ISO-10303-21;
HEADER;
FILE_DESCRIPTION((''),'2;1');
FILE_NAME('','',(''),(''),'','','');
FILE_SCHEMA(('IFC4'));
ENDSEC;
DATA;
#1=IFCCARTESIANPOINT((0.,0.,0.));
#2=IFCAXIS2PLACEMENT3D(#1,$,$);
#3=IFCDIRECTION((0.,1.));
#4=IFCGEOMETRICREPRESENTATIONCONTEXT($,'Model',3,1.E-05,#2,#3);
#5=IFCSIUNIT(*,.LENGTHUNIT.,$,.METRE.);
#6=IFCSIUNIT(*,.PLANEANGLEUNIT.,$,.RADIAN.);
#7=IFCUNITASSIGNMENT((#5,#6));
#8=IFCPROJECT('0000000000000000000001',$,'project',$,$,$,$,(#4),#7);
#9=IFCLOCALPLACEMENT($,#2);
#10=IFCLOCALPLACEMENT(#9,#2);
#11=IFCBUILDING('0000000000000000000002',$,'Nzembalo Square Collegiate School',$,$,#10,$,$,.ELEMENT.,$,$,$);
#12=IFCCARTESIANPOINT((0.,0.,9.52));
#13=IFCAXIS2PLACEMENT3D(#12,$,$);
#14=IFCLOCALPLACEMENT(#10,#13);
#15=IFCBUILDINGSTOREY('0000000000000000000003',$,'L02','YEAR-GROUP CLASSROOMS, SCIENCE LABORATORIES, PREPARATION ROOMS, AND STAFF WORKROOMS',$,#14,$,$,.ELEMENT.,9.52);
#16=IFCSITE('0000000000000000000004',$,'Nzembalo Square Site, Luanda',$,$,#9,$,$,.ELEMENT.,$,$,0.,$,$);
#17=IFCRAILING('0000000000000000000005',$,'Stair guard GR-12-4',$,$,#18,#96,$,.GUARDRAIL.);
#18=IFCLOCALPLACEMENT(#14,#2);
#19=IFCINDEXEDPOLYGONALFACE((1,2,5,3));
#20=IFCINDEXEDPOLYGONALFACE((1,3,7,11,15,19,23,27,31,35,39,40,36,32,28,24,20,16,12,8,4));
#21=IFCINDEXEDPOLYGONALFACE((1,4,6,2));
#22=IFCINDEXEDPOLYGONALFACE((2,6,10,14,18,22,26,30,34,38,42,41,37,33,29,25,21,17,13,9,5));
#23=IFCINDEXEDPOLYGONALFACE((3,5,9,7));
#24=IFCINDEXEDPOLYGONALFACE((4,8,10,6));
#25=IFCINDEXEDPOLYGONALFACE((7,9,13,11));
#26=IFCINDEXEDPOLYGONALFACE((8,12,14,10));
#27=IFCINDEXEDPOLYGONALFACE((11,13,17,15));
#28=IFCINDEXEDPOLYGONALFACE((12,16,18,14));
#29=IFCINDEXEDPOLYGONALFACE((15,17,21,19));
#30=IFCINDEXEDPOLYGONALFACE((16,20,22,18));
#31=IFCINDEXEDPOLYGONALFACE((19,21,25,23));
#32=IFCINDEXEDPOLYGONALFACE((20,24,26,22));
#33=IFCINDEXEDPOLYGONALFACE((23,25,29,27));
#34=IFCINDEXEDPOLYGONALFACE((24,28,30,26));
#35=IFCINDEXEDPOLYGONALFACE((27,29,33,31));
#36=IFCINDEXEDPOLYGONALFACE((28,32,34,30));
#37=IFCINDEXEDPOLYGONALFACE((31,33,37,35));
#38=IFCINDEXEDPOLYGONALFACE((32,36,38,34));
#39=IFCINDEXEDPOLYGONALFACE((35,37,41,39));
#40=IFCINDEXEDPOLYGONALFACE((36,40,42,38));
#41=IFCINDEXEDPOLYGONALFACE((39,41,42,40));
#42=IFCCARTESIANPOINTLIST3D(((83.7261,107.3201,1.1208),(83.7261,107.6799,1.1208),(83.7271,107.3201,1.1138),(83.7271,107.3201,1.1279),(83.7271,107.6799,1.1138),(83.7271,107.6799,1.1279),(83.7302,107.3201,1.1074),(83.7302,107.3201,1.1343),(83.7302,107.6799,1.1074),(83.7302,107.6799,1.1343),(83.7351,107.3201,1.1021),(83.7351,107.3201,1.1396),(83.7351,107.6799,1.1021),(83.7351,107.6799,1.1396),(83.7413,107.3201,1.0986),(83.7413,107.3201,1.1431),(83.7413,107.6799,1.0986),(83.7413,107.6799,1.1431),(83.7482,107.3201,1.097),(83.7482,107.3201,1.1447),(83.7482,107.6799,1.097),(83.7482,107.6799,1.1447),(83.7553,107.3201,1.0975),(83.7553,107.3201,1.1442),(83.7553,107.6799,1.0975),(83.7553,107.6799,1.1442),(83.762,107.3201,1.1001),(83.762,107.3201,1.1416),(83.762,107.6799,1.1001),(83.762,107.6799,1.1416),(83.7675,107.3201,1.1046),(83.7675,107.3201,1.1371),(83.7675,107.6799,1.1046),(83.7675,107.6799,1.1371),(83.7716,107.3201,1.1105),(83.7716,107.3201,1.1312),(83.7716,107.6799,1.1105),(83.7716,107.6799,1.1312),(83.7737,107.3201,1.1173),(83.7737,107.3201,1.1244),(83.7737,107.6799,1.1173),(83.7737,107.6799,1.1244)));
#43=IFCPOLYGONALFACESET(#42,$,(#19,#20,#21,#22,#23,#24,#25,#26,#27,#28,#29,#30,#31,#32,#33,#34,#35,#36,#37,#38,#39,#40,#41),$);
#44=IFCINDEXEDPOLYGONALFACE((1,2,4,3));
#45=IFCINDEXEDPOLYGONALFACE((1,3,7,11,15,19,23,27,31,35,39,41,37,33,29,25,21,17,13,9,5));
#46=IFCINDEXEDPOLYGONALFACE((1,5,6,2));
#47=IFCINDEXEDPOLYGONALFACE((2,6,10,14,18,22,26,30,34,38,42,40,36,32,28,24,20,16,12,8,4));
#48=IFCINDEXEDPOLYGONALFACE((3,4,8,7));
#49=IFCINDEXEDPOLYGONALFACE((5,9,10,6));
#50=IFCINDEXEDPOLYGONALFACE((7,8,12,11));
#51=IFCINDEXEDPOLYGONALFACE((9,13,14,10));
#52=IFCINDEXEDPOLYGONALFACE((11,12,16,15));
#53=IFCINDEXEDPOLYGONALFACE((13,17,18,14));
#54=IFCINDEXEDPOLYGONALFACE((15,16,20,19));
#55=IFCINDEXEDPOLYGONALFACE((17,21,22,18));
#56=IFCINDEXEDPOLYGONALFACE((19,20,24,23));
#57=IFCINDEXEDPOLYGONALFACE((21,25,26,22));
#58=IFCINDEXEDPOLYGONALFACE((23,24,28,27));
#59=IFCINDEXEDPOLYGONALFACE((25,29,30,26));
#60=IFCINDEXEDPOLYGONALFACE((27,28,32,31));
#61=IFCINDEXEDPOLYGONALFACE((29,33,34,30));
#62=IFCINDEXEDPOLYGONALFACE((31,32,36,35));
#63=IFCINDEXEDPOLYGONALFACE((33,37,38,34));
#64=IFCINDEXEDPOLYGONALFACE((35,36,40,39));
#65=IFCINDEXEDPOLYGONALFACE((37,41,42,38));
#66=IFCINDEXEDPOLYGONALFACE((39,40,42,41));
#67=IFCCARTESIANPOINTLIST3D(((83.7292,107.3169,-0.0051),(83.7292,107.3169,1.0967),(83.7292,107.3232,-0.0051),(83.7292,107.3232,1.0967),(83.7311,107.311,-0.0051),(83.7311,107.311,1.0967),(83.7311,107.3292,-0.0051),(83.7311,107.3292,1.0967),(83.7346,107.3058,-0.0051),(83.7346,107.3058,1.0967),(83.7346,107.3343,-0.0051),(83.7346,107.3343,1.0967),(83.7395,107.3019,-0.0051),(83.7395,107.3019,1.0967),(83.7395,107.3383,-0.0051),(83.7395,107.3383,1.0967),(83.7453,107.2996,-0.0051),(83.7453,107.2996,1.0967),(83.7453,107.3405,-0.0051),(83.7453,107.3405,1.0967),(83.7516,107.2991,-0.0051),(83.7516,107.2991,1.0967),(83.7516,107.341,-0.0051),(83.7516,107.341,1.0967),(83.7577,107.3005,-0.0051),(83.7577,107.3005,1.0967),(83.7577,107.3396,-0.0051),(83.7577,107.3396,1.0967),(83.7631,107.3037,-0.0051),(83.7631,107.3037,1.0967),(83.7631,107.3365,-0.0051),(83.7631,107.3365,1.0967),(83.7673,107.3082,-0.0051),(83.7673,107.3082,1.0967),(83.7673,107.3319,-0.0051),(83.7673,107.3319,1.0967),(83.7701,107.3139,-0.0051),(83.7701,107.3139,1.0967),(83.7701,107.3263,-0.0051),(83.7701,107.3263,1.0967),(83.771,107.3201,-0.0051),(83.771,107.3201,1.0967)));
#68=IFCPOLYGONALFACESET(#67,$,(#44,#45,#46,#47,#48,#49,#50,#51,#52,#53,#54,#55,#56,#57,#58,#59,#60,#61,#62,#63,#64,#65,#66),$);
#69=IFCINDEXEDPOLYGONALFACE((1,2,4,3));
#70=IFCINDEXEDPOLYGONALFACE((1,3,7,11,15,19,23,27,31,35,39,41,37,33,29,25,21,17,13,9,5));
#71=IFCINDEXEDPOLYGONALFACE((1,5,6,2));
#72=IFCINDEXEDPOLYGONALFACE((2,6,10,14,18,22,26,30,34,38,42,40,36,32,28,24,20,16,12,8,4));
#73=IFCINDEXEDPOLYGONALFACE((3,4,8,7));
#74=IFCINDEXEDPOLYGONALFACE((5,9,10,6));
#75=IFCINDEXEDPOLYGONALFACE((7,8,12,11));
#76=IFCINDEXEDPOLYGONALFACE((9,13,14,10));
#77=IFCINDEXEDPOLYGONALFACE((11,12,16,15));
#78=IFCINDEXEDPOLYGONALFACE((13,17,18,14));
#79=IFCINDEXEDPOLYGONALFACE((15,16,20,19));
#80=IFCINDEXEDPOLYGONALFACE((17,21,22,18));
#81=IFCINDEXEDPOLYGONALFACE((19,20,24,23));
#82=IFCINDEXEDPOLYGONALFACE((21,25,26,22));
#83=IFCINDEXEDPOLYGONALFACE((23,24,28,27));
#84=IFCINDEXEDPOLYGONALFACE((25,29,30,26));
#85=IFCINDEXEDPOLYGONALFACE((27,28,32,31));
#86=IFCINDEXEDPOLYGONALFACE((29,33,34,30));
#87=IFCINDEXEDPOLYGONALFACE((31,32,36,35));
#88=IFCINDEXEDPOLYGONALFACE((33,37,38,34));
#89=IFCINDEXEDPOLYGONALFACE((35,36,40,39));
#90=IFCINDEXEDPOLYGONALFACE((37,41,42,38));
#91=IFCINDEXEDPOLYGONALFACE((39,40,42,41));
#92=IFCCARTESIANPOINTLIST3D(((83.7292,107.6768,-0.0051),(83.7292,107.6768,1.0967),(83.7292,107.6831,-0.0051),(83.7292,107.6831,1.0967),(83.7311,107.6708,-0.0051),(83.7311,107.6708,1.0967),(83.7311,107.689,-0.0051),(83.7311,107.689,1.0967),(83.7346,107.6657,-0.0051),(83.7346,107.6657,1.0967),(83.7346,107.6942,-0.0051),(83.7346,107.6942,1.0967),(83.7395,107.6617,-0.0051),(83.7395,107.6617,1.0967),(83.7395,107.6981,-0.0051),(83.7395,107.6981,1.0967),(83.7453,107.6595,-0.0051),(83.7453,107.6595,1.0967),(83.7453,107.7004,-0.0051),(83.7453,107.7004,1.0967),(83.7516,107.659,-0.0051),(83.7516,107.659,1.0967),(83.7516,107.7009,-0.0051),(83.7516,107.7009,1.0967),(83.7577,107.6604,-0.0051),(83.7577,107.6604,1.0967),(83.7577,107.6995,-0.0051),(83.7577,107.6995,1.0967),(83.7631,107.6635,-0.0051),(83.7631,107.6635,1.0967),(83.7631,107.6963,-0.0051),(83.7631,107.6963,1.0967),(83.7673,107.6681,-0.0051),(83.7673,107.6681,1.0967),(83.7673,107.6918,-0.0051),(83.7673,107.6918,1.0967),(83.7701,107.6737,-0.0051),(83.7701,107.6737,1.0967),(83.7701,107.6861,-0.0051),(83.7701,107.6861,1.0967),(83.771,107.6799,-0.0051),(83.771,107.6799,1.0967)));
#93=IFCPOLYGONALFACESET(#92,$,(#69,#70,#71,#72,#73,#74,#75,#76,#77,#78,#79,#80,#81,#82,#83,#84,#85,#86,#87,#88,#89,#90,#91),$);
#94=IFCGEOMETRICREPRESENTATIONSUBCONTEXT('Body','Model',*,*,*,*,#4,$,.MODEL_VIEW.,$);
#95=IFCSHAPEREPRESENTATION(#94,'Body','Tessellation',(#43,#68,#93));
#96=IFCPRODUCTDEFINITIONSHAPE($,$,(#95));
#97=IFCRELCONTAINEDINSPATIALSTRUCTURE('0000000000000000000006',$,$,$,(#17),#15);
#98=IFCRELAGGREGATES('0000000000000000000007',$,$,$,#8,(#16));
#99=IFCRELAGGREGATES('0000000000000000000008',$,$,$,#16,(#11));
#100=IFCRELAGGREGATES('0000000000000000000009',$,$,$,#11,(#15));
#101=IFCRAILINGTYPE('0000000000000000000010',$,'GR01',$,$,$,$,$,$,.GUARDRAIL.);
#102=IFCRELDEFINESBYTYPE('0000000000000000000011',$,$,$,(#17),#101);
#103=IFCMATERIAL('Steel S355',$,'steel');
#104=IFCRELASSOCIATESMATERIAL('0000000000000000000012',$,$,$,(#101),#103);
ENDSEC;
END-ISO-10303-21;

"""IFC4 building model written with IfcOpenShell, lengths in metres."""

from ifc_helpers import new_model, si_unit, direction, frame, origin, origin_2d, place, context, subcontext, project, spatial, circle, extrude, material, type_object, element, save


model = new_model("IFC4")

# Units and contexts
model_context = context("Model", 3, precision=1e-05, world=origin(), true_north=direction((0.0, 1.0)))
body_context = subcontext(model_context, "Body", "Model", "MODEL_VIEW")
ifc_project = project(units=[si_unit("LENGTHUNIT", "METRE"), si_unit("PLANEANGLEUNIT", "RADIAN")], contexts=[model_context])

# Site, building, storey
site_placement = place(None, origin())
site = spatial("IfcSite", under=ifc_project, at=site_placement, Name="Nzembalo Square Site, Luanda", CompositionType="ELEMENT", RefElevation=0.0)
building_placement = place(site_placement, origin())
building = spatial("IfcBuilding", under=site, at=building_placement, Name="Nzembalo Square Collegiate School", CompositionType="ELEMENT")
storey_placement = place(building_placement, frame((0.0, 0.0, 9.52)))
storey = spatial("IfcBuildingStorey", under=building, at=storey_placement, Name="L02", Description="YEAR-GROUP CLASSROOMS, SCIENCE LABORATORIES, PREPARATION ROOMS, AND STAFF WORKROOMS", CompositionType="ELEMENT", Elevation=9.52)

# Railing
ifc_material_1 = material(Name="Steel S355", Category="steel")
railing_type_1 = type_object("IfcRailingType", Name="GR01", PredefinedType="GUARDRAIL", material=ifc_material_1)
railing_1_placement = place(storey_placement, frame((83.75, 107.3201, -0.0051)))
element("IfcRailing", 1, at=railing_1_placement, inside=storey, type_object=railing_type_1, Name="Stair guard GR-12-4", PredefinedType="GUARDRAIL", context=body_context, shape_type="SweptSolid", body=[
    extrude(circle(Radius=0.0239, at=origin_2d()), frame((0.0, 0.0, 1.126), z_axis=(0.0, 1.0, 0.0), x_axis=(-1.0, 0.0, 0.0)), (0.0, 0.0, 1.0), 0.3599),
    extrude(circle(Radius=0.021, at=origin_2d()), origin(), (0.0, 0.0, 1.0), 1.1018),
    extrude(circle(Radius=0.021, at=origin_2d()), frame((0.0, 0.3599, 0.0)), (0.0, 0.0, 1.0), 1.1018),
])

save(model, "model.ifc")
